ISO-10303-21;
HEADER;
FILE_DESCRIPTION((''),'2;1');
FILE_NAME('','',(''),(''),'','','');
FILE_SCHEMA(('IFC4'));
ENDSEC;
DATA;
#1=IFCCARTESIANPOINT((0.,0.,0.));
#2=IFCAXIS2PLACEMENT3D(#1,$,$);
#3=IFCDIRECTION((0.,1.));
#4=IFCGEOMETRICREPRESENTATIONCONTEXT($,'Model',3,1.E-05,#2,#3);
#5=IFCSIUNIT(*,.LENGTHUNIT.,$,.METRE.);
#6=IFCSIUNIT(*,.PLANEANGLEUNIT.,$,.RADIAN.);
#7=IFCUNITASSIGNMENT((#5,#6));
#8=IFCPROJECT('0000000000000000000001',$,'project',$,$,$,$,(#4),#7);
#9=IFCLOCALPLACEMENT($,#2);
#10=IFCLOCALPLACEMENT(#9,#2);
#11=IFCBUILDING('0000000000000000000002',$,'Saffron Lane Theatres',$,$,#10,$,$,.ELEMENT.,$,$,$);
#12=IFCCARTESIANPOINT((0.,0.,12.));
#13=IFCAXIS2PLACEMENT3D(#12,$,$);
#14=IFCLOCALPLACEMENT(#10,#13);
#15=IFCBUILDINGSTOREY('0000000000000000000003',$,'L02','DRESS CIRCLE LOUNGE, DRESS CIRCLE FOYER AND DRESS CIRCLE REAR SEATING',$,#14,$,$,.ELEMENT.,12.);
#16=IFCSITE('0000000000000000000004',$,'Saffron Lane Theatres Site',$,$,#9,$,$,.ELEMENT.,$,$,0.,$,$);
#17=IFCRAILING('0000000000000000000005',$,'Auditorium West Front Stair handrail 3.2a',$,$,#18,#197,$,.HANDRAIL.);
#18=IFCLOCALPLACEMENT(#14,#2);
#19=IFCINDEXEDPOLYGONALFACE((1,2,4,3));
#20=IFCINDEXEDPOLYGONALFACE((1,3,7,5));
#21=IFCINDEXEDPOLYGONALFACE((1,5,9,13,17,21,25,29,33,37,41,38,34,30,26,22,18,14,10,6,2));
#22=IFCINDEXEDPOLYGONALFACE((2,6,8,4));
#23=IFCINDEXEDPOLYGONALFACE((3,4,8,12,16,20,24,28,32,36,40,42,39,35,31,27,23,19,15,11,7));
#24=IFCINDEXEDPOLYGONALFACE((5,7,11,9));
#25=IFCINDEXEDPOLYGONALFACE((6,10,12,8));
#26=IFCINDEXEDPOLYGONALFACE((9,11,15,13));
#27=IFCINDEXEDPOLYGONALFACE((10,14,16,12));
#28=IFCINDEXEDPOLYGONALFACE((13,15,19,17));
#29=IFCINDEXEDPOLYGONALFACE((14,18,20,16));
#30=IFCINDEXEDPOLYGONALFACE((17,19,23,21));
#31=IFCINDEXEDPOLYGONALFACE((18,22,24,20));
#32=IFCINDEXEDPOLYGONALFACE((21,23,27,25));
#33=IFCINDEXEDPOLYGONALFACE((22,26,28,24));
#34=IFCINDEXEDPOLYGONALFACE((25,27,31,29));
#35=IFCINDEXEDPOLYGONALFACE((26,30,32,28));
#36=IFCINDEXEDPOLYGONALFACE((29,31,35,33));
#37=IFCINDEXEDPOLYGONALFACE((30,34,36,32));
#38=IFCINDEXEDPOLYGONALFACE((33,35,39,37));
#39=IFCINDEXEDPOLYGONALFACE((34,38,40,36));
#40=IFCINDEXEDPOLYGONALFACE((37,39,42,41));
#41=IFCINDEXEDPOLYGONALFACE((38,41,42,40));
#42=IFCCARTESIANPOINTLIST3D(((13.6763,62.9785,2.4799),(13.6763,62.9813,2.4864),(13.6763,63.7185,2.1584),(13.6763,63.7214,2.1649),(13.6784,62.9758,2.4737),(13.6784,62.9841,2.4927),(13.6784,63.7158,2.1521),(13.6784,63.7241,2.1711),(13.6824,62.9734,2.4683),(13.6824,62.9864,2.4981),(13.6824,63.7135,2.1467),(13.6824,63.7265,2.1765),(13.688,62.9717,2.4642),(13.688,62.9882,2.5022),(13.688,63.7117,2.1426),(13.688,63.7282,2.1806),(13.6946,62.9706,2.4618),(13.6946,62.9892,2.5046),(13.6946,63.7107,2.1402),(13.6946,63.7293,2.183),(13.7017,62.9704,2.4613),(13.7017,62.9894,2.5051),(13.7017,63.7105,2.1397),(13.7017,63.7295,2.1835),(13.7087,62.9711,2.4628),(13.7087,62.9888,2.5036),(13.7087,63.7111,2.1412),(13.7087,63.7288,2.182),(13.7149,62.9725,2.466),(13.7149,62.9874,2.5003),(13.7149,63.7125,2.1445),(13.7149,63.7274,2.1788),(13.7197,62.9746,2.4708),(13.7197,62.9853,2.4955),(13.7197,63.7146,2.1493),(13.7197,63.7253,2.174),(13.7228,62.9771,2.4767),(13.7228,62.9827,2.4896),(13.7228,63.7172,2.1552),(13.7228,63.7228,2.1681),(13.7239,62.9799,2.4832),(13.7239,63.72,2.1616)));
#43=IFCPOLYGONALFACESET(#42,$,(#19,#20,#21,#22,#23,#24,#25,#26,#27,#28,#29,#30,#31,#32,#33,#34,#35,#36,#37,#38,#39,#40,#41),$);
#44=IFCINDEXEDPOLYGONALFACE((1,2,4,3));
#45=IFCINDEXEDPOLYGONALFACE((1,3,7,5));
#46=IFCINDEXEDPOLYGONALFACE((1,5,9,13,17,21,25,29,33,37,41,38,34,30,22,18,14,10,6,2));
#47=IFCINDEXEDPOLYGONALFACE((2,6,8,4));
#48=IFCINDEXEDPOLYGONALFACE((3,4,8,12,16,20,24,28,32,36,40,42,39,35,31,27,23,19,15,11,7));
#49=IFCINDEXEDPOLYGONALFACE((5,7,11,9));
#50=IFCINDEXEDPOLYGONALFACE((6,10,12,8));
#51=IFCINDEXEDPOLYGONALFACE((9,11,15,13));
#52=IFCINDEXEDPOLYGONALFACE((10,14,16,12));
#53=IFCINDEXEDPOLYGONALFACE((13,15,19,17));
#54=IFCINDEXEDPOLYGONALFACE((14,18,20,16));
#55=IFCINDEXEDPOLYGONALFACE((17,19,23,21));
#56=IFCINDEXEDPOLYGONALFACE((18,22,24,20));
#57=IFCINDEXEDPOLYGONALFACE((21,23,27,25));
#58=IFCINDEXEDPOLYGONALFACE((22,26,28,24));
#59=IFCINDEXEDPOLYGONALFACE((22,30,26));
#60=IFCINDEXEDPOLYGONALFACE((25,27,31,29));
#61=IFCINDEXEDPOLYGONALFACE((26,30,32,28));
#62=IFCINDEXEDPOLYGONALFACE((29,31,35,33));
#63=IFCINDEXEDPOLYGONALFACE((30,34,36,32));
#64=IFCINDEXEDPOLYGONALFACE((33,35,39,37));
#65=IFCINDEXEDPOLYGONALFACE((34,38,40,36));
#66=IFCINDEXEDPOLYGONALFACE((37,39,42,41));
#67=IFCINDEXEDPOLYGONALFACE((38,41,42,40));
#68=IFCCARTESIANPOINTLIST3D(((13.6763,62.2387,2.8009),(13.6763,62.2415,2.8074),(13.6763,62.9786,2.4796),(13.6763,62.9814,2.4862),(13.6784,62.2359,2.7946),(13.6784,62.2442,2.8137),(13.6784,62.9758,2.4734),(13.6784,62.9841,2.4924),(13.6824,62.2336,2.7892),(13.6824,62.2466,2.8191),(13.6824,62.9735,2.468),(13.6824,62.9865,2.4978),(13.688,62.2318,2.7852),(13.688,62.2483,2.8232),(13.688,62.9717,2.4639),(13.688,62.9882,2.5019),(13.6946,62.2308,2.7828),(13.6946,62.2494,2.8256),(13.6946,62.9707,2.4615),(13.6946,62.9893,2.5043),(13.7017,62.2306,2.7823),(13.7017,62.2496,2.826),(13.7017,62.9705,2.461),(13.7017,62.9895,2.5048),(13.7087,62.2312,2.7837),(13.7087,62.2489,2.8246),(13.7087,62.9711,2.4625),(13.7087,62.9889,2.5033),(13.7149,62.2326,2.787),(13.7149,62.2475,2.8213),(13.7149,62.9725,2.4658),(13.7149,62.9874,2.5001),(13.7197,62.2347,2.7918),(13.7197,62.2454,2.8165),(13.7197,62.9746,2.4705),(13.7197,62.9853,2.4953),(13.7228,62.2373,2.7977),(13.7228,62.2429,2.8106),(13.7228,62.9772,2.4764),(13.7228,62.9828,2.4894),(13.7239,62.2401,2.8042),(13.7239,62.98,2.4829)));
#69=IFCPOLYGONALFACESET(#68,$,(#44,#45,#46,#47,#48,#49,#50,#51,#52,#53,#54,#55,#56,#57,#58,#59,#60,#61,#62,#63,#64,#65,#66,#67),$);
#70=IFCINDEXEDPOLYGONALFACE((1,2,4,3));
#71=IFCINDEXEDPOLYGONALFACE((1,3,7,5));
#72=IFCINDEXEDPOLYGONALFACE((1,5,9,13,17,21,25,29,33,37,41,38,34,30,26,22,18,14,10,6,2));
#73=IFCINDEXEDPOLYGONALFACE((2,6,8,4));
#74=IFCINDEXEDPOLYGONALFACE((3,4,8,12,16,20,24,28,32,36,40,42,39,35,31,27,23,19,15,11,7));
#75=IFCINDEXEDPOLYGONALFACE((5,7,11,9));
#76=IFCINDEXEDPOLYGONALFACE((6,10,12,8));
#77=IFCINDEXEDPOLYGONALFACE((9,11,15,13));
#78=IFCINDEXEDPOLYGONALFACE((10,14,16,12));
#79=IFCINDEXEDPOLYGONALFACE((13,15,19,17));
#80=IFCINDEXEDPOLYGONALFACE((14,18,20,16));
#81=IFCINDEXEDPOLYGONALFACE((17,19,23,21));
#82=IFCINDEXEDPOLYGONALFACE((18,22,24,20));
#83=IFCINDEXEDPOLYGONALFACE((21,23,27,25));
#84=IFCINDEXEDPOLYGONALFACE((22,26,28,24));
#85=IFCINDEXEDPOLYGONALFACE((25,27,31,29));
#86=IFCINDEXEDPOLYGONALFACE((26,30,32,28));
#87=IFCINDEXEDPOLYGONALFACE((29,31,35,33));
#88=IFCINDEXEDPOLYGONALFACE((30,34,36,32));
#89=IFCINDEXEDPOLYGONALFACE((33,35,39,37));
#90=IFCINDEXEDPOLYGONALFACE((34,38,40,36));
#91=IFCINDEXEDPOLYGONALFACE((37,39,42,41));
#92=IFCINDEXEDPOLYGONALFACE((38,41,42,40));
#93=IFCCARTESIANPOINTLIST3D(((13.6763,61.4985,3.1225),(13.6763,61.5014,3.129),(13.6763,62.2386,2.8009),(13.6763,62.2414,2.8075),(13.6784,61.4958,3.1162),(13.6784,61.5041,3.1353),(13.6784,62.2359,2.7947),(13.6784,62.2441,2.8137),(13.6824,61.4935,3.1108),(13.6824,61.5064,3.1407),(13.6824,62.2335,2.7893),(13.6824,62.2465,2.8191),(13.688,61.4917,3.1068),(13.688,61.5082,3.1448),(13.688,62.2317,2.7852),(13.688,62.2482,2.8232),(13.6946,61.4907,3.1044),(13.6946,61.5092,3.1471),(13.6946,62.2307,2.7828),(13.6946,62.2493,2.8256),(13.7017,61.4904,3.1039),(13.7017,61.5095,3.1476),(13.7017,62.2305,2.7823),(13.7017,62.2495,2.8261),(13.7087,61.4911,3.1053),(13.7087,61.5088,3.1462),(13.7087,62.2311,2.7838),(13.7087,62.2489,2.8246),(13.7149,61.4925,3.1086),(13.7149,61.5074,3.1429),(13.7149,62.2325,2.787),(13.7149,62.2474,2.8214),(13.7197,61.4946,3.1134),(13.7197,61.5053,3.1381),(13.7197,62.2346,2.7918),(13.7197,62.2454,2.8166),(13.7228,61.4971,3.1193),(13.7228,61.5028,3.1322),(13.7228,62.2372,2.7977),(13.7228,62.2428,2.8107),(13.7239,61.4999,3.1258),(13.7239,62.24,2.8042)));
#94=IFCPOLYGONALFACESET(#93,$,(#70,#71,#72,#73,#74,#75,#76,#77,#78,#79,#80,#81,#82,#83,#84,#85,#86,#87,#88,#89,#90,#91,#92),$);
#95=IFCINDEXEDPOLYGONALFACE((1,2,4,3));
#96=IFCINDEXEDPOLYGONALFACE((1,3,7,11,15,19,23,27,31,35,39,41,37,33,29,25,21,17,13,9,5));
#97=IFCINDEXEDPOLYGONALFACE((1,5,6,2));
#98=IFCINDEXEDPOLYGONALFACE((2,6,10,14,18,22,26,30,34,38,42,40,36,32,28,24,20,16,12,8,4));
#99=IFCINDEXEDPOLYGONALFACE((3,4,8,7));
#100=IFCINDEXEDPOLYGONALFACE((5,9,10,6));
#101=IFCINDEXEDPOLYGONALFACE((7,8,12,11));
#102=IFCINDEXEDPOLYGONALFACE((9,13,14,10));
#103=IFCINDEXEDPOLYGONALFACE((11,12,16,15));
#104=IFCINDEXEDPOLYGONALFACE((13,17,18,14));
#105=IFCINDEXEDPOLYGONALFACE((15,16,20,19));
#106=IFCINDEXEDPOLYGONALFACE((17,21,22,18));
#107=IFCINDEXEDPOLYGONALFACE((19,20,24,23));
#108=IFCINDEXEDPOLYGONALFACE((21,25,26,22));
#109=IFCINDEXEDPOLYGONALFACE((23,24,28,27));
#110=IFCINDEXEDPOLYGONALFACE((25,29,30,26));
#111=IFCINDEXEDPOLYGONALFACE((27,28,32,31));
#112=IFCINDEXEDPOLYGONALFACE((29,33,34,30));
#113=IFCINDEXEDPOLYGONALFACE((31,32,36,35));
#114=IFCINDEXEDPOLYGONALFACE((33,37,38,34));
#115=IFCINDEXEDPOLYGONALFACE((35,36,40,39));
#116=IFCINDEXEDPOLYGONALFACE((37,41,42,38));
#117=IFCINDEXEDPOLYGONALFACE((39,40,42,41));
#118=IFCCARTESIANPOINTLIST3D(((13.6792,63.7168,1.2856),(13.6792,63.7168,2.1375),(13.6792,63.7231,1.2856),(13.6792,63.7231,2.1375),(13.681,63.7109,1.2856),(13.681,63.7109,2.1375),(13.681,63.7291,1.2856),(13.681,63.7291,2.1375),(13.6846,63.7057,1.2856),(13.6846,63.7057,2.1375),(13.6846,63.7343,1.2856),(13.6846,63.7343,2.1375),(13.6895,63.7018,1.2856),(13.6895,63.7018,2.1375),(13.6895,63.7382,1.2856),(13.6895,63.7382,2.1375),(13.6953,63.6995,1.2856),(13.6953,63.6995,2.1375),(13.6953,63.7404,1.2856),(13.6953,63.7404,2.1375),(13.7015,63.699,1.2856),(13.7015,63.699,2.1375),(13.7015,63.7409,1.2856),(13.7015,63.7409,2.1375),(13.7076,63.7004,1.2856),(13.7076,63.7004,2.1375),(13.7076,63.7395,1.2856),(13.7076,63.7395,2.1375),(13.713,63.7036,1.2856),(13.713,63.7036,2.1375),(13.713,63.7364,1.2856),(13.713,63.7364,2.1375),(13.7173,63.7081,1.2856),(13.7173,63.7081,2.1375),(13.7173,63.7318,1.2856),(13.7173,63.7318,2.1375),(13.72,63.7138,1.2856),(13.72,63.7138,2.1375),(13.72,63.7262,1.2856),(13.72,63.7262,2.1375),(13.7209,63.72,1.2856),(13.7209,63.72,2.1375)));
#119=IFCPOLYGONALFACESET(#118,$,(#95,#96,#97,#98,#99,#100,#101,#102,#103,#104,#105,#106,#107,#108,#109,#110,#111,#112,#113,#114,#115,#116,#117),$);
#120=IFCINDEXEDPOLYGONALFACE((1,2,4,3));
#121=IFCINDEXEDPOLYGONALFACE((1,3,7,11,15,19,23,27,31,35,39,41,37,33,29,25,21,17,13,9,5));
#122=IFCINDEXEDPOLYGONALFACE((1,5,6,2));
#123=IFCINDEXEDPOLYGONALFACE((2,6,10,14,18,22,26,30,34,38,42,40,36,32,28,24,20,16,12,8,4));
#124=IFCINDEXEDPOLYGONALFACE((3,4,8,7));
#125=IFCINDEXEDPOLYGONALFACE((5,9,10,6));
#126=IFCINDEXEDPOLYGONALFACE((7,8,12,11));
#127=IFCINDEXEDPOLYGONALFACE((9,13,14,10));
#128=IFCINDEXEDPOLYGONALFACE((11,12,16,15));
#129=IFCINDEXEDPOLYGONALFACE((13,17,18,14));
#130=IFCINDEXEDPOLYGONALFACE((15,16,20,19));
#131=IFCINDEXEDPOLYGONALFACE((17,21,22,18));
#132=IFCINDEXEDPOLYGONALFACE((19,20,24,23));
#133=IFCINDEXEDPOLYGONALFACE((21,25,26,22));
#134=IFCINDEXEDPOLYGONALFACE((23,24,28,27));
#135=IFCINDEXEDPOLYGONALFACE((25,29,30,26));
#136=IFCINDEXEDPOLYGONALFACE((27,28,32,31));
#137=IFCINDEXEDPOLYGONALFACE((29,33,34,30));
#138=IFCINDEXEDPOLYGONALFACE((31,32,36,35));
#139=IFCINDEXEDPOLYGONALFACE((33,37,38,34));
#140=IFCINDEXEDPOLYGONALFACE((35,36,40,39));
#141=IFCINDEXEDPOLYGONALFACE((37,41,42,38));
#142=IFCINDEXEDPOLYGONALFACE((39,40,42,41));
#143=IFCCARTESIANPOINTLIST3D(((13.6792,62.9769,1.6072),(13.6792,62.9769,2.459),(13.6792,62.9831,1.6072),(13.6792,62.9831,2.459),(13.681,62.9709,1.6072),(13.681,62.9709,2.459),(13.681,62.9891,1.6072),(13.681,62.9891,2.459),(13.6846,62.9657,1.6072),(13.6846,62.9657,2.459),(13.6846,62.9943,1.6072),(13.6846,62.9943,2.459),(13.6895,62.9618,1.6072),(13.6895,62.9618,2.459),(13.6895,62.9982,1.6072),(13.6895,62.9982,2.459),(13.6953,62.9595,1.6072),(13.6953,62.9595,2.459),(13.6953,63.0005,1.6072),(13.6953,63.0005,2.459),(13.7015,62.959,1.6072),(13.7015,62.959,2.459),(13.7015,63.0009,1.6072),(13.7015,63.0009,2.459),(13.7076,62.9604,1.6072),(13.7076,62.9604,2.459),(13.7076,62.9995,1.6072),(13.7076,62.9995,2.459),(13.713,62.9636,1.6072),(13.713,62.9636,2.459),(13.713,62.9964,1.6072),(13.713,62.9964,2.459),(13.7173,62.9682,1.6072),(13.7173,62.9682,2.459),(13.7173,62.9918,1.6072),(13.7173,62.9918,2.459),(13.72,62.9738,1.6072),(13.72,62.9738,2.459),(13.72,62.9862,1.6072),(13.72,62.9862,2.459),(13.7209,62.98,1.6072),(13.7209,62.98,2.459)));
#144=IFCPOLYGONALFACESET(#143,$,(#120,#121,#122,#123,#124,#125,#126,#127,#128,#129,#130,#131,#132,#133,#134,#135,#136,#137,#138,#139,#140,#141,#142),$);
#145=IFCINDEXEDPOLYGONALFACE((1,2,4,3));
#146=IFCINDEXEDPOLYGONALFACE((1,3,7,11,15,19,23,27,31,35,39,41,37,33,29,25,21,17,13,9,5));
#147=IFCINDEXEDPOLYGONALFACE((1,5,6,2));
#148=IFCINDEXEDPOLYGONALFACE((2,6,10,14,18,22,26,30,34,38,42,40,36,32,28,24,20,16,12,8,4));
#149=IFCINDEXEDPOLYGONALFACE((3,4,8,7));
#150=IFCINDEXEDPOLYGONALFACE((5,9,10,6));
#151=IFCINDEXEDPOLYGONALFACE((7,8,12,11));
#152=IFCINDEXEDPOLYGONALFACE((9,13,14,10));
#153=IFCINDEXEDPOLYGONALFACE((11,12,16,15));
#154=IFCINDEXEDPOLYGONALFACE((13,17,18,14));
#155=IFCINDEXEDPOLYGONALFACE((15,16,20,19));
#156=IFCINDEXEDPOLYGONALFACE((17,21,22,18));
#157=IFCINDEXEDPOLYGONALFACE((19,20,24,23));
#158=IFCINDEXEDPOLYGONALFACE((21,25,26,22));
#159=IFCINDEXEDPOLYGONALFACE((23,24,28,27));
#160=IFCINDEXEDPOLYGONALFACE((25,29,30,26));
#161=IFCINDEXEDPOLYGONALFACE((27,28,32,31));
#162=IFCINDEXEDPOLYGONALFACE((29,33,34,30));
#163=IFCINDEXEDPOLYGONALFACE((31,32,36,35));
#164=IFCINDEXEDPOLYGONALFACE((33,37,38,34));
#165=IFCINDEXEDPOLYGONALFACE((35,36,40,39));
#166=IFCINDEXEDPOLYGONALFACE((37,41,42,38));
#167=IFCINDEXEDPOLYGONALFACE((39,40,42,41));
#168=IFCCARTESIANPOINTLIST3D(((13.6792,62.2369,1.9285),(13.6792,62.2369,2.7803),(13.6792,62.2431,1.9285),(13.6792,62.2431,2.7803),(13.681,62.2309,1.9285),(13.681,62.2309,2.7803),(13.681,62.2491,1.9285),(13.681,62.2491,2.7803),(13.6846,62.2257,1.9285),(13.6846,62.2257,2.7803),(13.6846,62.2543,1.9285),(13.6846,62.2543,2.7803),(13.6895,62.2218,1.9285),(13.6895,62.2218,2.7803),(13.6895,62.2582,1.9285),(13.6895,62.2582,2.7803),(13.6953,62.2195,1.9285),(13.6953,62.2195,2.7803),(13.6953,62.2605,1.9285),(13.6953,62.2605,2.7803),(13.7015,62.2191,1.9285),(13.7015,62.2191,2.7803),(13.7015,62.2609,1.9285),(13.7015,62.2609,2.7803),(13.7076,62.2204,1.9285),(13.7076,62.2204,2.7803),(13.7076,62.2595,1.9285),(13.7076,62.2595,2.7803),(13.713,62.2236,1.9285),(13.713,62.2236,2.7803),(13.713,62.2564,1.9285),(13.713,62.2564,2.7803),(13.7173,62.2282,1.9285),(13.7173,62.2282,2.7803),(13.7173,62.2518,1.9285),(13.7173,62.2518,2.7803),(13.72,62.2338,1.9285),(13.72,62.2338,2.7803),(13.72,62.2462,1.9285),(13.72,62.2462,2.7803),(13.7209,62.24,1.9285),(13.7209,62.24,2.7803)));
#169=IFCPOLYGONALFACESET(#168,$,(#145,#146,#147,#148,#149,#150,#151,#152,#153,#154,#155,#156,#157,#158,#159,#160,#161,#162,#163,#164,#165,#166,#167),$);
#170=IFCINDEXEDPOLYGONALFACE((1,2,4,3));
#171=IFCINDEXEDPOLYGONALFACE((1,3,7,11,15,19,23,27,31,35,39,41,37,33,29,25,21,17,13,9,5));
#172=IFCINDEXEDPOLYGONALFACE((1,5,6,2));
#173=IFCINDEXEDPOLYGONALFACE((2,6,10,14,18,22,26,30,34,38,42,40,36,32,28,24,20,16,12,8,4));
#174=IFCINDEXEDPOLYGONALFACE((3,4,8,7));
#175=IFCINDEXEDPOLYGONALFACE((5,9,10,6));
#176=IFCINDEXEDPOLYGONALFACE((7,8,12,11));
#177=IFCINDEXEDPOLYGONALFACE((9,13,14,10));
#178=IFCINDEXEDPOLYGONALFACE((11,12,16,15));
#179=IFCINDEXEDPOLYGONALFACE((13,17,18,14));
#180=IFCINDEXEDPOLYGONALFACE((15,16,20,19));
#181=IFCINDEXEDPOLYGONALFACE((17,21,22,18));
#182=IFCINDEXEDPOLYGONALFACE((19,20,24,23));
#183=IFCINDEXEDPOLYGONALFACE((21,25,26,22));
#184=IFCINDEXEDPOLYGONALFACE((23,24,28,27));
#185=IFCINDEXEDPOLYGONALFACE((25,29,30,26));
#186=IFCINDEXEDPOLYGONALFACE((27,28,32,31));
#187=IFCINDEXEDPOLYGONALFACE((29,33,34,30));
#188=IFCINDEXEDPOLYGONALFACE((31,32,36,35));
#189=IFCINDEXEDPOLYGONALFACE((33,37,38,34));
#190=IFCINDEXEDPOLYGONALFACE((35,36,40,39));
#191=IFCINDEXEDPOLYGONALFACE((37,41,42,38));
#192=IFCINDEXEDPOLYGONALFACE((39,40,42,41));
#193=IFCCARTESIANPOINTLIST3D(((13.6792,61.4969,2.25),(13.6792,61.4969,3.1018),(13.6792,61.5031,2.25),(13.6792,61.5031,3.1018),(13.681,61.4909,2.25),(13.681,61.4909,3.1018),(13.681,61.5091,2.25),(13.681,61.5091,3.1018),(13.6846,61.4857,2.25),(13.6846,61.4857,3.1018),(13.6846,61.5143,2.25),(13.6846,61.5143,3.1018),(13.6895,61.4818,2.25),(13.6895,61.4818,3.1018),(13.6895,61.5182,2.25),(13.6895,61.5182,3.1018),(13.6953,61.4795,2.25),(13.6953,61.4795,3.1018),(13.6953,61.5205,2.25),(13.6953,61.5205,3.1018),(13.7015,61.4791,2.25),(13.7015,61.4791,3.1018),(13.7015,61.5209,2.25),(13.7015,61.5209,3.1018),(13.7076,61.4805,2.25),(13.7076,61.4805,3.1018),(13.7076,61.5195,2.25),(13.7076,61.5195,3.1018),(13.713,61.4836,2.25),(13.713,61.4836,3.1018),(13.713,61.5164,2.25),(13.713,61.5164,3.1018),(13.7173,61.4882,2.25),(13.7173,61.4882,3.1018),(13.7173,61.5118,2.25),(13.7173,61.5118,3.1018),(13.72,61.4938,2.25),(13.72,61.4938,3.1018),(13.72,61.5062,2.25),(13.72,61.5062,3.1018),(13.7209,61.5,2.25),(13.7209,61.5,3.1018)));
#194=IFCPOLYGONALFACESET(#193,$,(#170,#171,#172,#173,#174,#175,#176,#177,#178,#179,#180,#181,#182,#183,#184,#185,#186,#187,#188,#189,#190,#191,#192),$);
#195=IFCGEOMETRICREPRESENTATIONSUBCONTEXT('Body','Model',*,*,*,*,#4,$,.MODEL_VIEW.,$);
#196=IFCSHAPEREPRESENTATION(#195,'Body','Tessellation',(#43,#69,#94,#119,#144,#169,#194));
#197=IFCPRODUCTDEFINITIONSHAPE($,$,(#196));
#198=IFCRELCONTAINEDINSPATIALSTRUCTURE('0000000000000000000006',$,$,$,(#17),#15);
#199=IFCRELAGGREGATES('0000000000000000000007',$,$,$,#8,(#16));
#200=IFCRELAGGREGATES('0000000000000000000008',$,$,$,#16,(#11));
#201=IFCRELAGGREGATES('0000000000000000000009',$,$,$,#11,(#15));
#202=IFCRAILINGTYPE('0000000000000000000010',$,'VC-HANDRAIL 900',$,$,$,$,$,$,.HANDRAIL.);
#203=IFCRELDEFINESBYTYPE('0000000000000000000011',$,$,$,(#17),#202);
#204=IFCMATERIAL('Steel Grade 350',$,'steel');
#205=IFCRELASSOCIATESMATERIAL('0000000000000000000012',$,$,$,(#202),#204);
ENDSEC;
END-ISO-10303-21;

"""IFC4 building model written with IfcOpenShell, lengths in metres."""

from ifc_helpers import new_model, si_unit, direction, frame, origin, origin_2d, place, context, subcontext, project, spatial, circle, extrude, material, type_object, element, save


model = new_model("IFC4")

# Units and contexts
model_context = context("Model", 3, precision=1e-05, world=origin(), true_north=direction((0.0, 1.0)))
body_context = subcontext(model_context, "Body", "Model", "MODEL_VIEW")
ifc_project = project(units=[si_unit("LENGTHUNIT", "METRE"), si_unit("PLANEANGLEUNIT", "RADIAN")], contexts=[model_context])

# Site, building, storey
site_placement = place(None, origin())
site = spatial("IfcSite", under=ifc_project, at=site_placement, Name="Saffron Lane Theatres Site", CompositionType="ELEMENT", RefElevation=0.0)
building_placement = place(site_placement, origin())
building = spatial("IfcBuilding", under=site, at=building_placement, Name="Saffron Lane Theatres", CompositionType="ELEMENT")
storey_placement = place(building_placement, frame((0.0, 0.0, 12.0)))
storey = spatial("IfcBuildingStorey", under=building, at=storey_placement, Name="L02", Description="DRESS CIRCLE LOUNGE, DRESS CIRCLE FOYER AND DRESS CIRCLE REAR SEATING", CompositionType="ELEMENT", Elevation=12.0)

# Railing
ifc_material_1 = material(Name="Steel Grade 350", Category="steel")
railing_type_1 = type_object("IfcRailingType", Name="VC-HANDRAIL 900", PredefinedType="HANDRAIL", material=ifc_material_1)
for number, where, name in (
    (1, (13.7, 63.72, 1.2856), "Auditorium West Front Stair handrail 3.2a"),
):
    element("IfcRailing", number, at=place(storey_placement, frame(where)), inside=storey, type_object=railing_type_1, Name=name, PredefinedType="HANDRAIL", context=body_context, shape_type="SweptSolid", body=[
        extrude(circle(Radius=0.0239, at=origin_2d()), frame((0.0, 0.0, 0.876), z_axis=(0.0, -0.917161, 0.398516), x_axis=(1.0, 0.0, 0.0)), (0.0, 0.0, 1.0), 0.8069),
        extrude(circle(Radius=0.0239, at=origin_2d()), frame((0.0, -0.74, 1.1973), z_axis=(0.0, -0.917272, 0.398261), x_axis=(1.0, 0.0, 0.0)), (0.0, 0.0, 1.0), 0.8066),
        extrude(circle(Radius=0.0239, at=origin_2d()), frame((0.0, -1.48, 1.5186), z_axis=(0.0, -0.917161, 0.398516), x_axis=(1.0, 0.0, 0.0)), (0.0, 0.0, 1.0), 0.8069),
        extrude(circle(Radius=0.021, at=origin_2d()), origin(), (0.0, 0.0, 1.0), 0.8518),
        extrude(circle(Radius=0.021, at=origin_2d()), frame((0.0, -0.74, 0.3215)), (0.0, 0.0, 1.0), 0.8518),
        extrude(circle(Radius=0.021, at=origin_2d()), frame((0.0, -1.48, 0.6428)), (0.0, 0.0, 1.0), 0.8518),
        extrude(circle(Radius=0.021, at=origin_2d()), frame((0.0, -2.22, 0.9644)), (0.0, 0.0, 1.0), 0.8518),
    ])

save(model, "model.ifc")
